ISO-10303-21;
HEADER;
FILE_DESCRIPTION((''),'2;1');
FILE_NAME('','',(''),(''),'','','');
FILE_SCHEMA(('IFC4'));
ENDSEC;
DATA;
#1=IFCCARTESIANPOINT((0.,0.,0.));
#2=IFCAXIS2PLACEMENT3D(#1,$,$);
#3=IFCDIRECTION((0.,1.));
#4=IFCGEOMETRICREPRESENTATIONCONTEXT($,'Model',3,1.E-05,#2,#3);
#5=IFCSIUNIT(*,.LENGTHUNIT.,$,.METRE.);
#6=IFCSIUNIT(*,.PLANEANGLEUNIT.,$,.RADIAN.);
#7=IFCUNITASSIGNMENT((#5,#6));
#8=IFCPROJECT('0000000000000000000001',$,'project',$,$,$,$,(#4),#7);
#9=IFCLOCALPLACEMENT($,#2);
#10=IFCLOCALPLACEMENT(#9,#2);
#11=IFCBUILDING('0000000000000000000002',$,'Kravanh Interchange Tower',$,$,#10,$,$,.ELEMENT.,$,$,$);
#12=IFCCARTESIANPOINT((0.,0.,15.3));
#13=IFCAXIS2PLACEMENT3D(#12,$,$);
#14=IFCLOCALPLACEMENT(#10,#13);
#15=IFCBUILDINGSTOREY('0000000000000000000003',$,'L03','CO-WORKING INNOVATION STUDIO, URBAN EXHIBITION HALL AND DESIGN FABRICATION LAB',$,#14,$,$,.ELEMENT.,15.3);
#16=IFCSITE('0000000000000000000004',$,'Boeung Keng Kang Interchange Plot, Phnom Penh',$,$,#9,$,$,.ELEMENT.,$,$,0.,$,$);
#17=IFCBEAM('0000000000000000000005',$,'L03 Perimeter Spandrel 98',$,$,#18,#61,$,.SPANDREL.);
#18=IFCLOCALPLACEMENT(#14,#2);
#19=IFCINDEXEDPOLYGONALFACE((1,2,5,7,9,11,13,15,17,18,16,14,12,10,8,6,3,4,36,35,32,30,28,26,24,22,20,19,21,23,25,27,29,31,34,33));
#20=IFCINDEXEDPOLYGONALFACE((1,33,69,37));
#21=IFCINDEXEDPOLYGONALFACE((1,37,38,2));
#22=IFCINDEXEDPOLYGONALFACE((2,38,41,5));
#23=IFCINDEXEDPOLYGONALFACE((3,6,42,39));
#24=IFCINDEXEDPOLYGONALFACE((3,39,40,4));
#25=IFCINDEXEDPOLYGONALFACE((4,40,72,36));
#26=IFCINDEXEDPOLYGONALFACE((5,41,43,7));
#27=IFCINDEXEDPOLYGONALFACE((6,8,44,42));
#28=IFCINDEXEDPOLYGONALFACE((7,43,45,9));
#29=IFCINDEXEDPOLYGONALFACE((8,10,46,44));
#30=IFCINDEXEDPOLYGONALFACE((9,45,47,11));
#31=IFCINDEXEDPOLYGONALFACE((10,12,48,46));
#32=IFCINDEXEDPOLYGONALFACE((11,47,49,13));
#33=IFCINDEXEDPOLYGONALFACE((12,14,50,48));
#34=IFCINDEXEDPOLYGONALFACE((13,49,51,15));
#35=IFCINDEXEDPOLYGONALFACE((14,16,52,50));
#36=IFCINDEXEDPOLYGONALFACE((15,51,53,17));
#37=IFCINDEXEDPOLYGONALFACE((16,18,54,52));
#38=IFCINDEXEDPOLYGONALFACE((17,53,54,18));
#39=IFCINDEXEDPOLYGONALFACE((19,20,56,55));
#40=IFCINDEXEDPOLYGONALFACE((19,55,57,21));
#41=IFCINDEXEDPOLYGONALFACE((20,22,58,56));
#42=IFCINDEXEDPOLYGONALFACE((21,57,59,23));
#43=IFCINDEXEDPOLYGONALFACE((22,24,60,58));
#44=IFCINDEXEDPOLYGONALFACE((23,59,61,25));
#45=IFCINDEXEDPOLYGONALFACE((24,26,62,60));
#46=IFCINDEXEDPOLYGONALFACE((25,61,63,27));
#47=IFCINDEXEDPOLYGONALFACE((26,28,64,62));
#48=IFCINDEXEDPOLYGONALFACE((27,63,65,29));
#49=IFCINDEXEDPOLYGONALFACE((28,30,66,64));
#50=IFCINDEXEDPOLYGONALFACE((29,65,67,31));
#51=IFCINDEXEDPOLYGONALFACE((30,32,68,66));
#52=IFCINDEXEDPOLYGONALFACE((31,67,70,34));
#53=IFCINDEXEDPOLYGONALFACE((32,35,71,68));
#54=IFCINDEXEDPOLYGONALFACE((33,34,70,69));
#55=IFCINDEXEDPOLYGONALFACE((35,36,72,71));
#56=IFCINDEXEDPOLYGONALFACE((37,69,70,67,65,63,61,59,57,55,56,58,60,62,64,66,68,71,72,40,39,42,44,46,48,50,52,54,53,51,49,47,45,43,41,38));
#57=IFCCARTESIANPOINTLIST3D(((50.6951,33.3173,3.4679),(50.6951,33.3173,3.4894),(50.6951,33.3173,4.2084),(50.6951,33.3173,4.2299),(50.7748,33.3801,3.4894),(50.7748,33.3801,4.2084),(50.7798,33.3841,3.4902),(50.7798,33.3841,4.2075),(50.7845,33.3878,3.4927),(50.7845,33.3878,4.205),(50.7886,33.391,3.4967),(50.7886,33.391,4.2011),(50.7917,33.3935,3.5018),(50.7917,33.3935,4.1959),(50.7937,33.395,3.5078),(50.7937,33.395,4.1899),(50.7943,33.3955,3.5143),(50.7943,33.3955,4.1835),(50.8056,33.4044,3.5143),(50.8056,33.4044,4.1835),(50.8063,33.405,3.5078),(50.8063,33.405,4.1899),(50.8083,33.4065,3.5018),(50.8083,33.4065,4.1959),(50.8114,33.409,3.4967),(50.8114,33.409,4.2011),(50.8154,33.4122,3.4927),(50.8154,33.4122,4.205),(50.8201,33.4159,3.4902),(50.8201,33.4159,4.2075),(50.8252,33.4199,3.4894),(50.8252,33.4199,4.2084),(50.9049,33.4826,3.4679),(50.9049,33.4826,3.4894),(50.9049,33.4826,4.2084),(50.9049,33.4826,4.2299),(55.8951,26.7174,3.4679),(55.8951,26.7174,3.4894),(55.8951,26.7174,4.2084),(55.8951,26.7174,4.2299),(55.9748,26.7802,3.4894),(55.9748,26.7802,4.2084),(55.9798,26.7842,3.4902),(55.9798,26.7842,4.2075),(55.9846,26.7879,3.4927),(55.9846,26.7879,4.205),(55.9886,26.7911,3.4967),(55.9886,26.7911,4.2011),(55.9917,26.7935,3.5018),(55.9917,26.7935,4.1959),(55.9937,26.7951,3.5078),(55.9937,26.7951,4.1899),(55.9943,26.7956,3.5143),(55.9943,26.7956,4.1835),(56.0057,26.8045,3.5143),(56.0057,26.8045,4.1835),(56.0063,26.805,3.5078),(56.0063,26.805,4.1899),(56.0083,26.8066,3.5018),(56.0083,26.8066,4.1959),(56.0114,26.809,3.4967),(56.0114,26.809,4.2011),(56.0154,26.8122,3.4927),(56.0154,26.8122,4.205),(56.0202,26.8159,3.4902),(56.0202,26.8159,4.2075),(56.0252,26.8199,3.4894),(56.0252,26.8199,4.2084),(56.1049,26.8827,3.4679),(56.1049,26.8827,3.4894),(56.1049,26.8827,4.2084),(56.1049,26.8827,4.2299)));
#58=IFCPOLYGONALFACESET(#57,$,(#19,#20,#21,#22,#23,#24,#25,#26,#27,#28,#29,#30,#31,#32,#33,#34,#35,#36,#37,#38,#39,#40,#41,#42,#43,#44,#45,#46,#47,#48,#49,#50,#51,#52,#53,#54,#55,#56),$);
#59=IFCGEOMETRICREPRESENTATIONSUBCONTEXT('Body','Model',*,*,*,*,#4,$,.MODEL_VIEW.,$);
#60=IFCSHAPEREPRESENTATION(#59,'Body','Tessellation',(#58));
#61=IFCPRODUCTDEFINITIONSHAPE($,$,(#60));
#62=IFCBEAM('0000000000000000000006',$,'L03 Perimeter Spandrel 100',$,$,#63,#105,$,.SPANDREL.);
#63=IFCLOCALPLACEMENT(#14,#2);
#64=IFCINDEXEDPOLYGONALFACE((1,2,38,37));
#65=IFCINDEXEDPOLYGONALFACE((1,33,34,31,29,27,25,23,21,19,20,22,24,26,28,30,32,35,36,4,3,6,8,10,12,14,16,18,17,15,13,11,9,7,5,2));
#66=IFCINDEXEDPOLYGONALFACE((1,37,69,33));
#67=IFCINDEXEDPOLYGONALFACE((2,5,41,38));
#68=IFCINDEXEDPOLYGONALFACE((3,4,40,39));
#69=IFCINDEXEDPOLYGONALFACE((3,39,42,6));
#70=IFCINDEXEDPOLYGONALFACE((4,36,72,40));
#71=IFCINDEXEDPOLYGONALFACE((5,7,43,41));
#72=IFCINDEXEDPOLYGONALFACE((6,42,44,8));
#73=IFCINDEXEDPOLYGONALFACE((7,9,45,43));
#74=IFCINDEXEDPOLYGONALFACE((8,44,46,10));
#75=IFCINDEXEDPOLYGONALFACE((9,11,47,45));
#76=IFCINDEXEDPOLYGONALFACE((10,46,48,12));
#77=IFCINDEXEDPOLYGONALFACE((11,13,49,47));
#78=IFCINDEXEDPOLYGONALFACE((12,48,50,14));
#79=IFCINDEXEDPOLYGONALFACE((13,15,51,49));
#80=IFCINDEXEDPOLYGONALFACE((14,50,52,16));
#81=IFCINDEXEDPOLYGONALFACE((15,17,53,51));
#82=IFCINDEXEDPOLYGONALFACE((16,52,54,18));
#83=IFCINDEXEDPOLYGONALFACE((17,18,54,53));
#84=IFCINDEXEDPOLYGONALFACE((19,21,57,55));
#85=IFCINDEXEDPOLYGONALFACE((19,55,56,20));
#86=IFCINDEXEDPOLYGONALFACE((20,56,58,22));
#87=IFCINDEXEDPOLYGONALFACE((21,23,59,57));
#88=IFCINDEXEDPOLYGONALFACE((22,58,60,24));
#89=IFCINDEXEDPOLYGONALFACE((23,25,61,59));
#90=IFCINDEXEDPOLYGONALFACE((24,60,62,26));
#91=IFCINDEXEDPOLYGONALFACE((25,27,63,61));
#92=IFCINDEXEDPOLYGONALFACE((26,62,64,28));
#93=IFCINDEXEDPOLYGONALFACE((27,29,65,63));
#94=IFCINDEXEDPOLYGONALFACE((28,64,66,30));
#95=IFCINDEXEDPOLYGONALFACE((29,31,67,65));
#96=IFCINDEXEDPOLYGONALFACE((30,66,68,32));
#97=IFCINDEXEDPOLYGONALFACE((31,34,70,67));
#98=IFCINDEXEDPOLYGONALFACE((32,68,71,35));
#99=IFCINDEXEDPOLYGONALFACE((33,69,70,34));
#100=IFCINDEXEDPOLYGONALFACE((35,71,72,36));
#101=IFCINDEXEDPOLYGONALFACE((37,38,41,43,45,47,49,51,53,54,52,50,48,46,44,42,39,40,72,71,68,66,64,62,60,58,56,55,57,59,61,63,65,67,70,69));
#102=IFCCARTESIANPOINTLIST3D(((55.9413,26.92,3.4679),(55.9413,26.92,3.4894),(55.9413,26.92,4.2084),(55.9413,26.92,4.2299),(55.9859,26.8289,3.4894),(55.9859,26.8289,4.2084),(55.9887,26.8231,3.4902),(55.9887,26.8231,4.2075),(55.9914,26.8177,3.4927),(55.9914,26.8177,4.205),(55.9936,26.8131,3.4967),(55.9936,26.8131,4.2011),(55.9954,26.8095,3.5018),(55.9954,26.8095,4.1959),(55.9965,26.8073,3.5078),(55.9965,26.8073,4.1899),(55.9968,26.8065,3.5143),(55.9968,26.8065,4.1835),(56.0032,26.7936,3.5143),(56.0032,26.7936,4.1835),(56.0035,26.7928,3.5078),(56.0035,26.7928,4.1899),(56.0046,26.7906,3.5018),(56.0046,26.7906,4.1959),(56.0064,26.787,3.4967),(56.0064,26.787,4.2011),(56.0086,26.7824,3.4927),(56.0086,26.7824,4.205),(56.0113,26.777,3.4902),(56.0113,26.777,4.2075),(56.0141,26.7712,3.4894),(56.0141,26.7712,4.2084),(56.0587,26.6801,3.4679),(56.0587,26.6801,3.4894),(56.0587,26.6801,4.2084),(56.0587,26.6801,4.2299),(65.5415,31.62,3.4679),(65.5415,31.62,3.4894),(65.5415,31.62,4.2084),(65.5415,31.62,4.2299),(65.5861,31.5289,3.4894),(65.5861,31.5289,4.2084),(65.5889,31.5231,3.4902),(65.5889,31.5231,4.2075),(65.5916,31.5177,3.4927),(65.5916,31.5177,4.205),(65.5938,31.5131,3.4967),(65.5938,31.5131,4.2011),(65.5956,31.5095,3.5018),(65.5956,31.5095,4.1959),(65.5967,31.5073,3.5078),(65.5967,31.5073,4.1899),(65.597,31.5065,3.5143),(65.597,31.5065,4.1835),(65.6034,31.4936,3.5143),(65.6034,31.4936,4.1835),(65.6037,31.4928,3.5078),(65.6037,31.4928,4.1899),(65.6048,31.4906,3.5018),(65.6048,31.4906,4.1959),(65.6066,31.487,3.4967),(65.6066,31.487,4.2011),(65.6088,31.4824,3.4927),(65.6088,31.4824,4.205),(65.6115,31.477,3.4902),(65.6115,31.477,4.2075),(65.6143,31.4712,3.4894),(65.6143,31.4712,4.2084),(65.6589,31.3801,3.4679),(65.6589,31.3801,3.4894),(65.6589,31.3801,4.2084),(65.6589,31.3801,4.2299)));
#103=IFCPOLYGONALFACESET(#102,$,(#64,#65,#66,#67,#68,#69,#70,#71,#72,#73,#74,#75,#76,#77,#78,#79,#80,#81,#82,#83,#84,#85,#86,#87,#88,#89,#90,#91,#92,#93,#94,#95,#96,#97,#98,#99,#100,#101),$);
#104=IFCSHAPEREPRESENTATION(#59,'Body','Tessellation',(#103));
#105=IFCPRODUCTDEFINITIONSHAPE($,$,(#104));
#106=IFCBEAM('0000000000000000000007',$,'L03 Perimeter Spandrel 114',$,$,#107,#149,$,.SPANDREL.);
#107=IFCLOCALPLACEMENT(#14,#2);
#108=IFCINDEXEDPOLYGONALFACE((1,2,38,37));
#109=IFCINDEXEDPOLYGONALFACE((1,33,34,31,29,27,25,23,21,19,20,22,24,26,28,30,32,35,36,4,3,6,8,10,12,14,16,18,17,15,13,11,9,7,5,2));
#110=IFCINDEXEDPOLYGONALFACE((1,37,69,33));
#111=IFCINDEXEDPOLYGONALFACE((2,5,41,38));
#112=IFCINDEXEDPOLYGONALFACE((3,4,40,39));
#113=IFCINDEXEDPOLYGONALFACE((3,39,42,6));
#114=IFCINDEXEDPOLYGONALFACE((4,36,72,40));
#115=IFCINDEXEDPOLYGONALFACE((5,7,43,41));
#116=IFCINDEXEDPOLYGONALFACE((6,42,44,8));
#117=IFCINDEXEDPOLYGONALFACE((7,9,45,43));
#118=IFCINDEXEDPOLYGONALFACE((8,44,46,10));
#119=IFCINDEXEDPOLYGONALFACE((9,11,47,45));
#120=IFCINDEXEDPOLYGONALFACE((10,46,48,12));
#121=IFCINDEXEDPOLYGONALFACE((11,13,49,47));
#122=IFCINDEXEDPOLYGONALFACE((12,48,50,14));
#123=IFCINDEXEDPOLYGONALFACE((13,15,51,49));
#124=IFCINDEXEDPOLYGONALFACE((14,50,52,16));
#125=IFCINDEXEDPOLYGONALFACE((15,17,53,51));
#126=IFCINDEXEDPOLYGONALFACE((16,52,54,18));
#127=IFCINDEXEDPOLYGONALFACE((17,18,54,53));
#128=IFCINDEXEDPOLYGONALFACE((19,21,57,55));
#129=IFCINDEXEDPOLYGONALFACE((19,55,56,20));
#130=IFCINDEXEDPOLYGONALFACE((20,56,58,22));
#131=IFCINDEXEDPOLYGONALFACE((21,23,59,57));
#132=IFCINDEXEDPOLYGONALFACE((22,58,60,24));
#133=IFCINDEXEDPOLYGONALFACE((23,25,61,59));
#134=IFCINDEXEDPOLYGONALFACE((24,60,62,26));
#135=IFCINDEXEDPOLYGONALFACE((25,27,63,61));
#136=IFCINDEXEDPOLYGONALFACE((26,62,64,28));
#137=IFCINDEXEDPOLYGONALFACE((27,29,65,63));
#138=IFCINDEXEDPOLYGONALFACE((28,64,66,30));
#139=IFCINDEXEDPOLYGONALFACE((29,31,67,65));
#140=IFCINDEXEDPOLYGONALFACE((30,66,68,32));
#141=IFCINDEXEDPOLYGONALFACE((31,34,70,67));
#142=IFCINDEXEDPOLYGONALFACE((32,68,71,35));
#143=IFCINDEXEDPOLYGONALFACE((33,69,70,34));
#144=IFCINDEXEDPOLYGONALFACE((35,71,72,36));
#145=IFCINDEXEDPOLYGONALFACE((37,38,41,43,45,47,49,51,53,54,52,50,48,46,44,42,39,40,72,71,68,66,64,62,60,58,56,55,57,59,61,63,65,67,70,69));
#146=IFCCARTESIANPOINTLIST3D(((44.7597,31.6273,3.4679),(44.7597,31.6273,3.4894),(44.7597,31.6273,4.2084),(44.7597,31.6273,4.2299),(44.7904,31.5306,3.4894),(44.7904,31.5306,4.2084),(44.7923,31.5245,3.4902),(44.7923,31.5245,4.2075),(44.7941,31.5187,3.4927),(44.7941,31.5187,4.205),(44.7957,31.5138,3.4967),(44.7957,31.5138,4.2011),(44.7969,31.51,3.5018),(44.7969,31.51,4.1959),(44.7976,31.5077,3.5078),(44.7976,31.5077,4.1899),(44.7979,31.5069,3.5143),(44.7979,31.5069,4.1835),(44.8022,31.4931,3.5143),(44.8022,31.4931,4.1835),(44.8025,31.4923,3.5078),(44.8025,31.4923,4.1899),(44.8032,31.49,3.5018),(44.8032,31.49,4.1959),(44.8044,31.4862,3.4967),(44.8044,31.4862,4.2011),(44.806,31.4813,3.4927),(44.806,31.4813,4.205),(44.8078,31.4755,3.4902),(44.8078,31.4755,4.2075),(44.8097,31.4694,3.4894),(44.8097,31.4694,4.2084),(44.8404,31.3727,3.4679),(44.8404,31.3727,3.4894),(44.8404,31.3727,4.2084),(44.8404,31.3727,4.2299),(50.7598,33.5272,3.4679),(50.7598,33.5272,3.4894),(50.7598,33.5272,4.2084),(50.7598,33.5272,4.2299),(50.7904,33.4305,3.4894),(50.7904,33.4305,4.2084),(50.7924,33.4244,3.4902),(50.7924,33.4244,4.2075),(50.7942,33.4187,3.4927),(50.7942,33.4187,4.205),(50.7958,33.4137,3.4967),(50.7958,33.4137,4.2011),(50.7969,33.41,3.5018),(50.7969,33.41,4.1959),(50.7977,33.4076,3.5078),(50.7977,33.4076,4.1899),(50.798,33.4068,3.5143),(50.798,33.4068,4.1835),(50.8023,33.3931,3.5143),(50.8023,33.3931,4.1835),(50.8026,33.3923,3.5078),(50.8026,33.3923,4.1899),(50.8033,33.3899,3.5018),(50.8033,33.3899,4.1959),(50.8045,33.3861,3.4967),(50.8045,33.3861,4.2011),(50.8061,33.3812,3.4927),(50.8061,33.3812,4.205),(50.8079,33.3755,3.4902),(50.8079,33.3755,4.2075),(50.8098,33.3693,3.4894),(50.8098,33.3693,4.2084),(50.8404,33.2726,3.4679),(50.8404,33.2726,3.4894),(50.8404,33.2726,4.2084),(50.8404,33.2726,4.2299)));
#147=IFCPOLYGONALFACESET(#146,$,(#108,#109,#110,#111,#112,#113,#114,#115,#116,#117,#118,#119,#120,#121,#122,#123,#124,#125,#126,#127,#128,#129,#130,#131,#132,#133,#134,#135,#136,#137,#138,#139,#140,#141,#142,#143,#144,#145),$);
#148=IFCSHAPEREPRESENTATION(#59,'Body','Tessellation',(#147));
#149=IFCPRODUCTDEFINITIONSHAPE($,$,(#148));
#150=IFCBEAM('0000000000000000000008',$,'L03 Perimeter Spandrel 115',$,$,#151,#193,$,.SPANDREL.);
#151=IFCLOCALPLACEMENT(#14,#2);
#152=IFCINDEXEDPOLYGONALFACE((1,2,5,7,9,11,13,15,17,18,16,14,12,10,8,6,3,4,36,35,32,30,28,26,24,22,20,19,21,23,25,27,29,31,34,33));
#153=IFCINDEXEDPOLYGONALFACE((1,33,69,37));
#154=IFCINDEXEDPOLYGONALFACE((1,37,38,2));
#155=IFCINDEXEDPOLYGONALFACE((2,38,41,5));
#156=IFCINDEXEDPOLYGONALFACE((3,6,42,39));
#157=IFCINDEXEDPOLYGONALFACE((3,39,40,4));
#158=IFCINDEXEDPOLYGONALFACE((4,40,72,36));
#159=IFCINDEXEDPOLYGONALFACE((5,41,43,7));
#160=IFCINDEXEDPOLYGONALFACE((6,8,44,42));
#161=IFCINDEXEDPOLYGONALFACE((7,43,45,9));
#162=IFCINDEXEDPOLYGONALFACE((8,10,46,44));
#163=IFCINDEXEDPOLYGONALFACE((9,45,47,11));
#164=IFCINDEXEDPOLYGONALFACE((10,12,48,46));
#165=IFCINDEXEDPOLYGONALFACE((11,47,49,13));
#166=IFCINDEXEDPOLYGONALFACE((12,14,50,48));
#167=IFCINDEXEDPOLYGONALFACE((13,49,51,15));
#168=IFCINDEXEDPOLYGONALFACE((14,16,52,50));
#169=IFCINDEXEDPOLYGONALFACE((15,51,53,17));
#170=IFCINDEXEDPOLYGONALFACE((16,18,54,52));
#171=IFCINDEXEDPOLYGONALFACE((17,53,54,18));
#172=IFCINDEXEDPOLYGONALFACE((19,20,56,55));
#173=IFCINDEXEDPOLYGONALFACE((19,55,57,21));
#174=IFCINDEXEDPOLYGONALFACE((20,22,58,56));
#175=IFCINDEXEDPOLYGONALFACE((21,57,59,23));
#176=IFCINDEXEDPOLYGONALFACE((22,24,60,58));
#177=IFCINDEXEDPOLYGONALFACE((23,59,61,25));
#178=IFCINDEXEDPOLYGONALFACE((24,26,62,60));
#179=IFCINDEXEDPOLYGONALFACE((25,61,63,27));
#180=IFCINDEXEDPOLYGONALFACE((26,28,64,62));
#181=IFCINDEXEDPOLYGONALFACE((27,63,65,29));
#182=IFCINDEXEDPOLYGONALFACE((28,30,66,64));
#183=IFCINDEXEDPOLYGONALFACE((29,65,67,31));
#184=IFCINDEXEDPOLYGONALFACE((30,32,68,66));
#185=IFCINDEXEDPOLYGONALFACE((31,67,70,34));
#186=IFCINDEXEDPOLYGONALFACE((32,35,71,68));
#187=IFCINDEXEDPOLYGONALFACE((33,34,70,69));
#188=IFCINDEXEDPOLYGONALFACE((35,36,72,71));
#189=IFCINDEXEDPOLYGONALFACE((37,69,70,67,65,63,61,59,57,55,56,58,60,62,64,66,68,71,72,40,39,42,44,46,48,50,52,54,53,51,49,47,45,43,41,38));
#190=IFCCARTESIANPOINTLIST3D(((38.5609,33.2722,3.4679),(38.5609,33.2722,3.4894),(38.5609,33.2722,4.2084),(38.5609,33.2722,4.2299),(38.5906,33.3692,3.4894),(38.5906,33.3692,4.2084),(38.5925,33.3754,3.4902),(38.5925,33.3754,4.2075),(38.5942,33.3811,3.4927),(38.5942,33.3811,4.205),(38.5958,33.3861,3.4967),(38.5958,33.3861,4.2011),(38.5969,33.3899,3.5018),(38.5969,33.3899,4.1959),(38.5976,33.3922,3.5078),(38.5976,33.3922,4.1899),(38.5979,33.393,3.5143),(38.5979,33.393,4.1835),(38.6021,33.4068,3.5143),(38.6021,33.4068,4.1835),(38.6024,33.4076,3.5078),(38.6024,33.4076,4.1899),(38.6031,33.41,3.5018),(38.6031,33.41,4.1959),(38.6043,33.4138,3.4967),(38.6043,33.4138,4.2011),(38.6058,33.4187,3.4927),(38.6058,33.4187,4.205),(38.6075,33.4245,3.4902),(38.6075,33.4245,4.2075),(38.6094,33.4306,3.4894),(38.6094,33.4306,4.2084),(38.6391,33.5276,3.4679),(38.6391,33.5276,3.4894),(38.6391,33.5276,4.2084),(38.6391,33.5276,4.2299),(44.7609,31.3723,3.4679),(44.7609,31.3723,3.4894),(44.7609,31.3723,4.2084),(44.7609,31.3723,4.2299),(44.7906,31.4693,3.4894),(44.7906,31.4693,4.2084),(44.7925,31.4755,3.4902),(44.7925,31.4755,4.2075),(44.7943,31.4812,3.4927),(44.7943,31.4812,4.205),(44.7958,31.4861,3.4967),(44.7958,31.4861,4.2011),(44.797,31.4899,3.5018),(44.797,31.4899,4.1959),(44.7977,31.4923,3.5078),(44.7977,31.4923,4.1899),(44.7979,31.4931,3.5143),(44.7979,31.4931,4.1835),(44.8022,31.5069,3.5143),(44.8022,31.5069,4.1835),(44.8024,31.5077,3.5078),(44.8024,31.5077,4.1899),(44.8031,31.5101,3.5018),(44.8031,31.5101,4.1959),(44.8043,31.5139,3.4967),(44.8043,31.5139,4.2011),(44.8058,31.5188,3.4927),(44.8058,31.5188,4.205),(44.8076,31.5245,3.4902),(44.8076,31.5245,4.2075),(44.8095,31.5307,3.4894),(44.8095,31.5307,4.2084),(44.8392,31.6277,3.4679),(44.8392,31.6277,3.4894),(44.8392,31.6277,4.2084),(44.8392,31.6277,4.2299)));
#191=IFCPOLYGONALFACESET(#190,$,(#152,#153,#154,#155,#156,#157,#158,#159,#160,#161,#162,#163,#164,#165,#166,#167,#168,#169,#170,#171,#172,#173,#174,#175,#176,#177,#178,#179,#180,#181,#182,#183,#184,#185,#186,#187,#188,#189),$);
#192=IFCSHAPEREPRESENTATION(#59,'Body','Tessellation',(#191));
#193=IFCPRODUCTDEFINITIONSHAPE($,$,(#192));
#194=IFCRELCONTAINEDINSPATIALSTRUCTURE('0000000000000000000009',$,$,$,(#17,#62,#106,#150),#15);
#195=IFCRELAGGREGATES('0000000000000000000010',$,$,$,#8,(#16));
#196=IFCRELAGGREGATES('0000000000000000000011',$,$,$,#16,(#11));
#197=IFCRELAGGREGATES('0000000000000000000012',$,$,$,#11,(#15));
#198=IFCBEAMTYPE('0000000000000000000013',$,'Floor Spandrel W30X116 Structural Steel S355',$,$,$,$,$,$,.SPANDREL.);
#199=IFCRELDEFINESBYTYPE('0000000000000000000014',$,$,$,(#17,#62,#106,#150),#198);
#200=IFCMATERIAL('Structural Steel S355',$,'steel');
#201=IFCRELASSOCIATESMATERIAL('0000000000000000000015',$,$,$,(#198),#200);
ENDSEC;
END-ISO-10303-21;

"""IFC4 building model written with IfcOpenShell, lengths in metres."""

from ifc_helpers import new_model, si_unit, direction, frame, origin, origin_2d, place, context, subcontext, project, spatial, i_section, extrude, material, material_profile, profile_set, type_object, element, save


model = new_model("IFC4")

# Units and contexts
model_context = context("Model", 3, precision=1e-05, world=origin(), true_north=direction((0.0, 1.0)))
body_context = subcontext(model_context, "Body", "Model", "MODEL_VIEW")
ifc_project = project(units=[si_unit("LENGTHUNIT", "METRE"), si_unit("PLANEANGLEUNIT", "RADIAN")], contexts=[model_context])

# Site, building, storey
site_placement = place(None, origin())
site = spatial("IfcSite", under=ifc_project, at=site_placement, Name="Boeung Keng Kang Interchange Plot, Phnom Penh", CompositionType="ELEMENT", RefElevation=0.0)
building_placement = place(site_placement, origin())
building = spatial("IfcBuilding", under=site, at=building_placement, Name="Kravanh Interchange Tower", CompositionType="ELEMENT")
storey_placement = place(building_placement, frame((0.0, 0.0, 15.3)))
storey = spatial("IfcBuildingStorey", under=building, at=storey_placement, Name="L03", Description="CO-WORKING INNOVATION STUDIO, URBAN EXHIBITION HALL AND DESIGN FABRICATION LAB", CompositionType="ELEMENT", Elevation=15.3)

# Beams
ifc_material_1 = material(Name="Structural Steel S355", Category="steel")
ifc_material_profile_1 = material_profile(ifc_material_1, i_section(OverallWidth=0.2671, OverallDepth=0.762, WebThickness=0.0144, FlangeThickness=0.0215, FilletRadius=0.0249, at=origin_2d()), Name="W30X116")
ifc_profile_set_1 = profile_set([ifc_material_profile_1], Name="Structural Steel S355")
beam_type_1 = type_object("IfcBeamType", Name="Floor Spandrel W30X116 Structural Steel S355", PredefinedType="SPANDREL", material=ifc_profile_set_1)
beam_1_placement = place(storey_placement, frame((56.0, 26.8, 3.8489), z_axis=(-0.618877, 0.785488, 0.0), x_axis=(-0.785488, -0.618877, 0.0)))
element("IfcBeam", 1, at=beam_1_placement, inside=storey, type_object=beam_type_1, Name="L03 Perimeter Spandrel 98", PredefinedType="SPANDREL", context=body_context, shape_type="SweptSolid", body=[
    extrude(i_section(OverallWidth=0.2671, OverallDepth=0.762, WebThickness=0.0144, FlangeThickness=0.0215, FilletRadius=0.0249, at=origin_2d()), origin(), (0.0, 0.0, 1.0), 8.4023),
])
beam_2_placement = place(storey_placement, frame((56.0, 26.8, 3.8489), z_axis=(0.898142, 0.439706, 0.0), x_axis=(-0.439706, 0.898142, 0.0)))
element("IfcBeam", 2, at=beam_2_placement, inside=storey, type_object=beam_type_1, Name="L03 Perimeter Spandrel 100", PredefinedType="SPANDREL", context=body_context, shape_type="SweptSolid", body=[
    extrude(i_section(OverallWidth=0.2671, OverallDepth=0.762, WebThickness=0.0144, FlangeThickness=0.0215, FilletRadius=0.0249, at=origin_2d()), origin(), (0.0, 0.0, 1.0), 10.689),
])
beam_3_placement = place(storey_placement, frame((44.8, 31.5, 3.8489), z_axis=(0.953347, 0.301878, 0.0), x_axis=(-0.301878, 0.953347, 0.0)))
element("IfcBeam", 3, at=beam_3_placement, inside=storey, type_object=beam_type_1, Name="L03 Perimeter Spandrel 114", PredefinedType="SPANDREL", context=body_context, shape_type="SweptSolid", body=[
    extrude(i_section(OverallWidth=0.2671, OverallDepth=0.762, WebThickness=0.0144, FlangeThickness=0.0215, FilletRadius=0.0249, at=origin_2d()), origin(), (0.0, 0.0, 1.0), 6.2937),
])
beam_4_placement = place(storey_placement, frame((44.8, 31.5, 3.8489), z_axis=(-0.956115, 0.29299, 0.0), x_axis=(-0.29299, -0.956115, 0.0)))
element("IfcBeam", 4, at=beam_4_placement, inside=storey, type_object=beam_type_1, Name="L03 Perimeter Spandrel 115", PredefinedType="SPANDREL", context=body_context, shape_type="SweptSolid", body=[
    extrude(i_section(OverallWidth=0.2671, OverallDepth=0.762, WebThickness=0.0144, FlangeThickness=0.0215, FilletRadius=0.0249, at=origin_2d()), origin(), (0.0, 0.0, 1.0), 6.4846),
])

save(model, "model.ifc")
